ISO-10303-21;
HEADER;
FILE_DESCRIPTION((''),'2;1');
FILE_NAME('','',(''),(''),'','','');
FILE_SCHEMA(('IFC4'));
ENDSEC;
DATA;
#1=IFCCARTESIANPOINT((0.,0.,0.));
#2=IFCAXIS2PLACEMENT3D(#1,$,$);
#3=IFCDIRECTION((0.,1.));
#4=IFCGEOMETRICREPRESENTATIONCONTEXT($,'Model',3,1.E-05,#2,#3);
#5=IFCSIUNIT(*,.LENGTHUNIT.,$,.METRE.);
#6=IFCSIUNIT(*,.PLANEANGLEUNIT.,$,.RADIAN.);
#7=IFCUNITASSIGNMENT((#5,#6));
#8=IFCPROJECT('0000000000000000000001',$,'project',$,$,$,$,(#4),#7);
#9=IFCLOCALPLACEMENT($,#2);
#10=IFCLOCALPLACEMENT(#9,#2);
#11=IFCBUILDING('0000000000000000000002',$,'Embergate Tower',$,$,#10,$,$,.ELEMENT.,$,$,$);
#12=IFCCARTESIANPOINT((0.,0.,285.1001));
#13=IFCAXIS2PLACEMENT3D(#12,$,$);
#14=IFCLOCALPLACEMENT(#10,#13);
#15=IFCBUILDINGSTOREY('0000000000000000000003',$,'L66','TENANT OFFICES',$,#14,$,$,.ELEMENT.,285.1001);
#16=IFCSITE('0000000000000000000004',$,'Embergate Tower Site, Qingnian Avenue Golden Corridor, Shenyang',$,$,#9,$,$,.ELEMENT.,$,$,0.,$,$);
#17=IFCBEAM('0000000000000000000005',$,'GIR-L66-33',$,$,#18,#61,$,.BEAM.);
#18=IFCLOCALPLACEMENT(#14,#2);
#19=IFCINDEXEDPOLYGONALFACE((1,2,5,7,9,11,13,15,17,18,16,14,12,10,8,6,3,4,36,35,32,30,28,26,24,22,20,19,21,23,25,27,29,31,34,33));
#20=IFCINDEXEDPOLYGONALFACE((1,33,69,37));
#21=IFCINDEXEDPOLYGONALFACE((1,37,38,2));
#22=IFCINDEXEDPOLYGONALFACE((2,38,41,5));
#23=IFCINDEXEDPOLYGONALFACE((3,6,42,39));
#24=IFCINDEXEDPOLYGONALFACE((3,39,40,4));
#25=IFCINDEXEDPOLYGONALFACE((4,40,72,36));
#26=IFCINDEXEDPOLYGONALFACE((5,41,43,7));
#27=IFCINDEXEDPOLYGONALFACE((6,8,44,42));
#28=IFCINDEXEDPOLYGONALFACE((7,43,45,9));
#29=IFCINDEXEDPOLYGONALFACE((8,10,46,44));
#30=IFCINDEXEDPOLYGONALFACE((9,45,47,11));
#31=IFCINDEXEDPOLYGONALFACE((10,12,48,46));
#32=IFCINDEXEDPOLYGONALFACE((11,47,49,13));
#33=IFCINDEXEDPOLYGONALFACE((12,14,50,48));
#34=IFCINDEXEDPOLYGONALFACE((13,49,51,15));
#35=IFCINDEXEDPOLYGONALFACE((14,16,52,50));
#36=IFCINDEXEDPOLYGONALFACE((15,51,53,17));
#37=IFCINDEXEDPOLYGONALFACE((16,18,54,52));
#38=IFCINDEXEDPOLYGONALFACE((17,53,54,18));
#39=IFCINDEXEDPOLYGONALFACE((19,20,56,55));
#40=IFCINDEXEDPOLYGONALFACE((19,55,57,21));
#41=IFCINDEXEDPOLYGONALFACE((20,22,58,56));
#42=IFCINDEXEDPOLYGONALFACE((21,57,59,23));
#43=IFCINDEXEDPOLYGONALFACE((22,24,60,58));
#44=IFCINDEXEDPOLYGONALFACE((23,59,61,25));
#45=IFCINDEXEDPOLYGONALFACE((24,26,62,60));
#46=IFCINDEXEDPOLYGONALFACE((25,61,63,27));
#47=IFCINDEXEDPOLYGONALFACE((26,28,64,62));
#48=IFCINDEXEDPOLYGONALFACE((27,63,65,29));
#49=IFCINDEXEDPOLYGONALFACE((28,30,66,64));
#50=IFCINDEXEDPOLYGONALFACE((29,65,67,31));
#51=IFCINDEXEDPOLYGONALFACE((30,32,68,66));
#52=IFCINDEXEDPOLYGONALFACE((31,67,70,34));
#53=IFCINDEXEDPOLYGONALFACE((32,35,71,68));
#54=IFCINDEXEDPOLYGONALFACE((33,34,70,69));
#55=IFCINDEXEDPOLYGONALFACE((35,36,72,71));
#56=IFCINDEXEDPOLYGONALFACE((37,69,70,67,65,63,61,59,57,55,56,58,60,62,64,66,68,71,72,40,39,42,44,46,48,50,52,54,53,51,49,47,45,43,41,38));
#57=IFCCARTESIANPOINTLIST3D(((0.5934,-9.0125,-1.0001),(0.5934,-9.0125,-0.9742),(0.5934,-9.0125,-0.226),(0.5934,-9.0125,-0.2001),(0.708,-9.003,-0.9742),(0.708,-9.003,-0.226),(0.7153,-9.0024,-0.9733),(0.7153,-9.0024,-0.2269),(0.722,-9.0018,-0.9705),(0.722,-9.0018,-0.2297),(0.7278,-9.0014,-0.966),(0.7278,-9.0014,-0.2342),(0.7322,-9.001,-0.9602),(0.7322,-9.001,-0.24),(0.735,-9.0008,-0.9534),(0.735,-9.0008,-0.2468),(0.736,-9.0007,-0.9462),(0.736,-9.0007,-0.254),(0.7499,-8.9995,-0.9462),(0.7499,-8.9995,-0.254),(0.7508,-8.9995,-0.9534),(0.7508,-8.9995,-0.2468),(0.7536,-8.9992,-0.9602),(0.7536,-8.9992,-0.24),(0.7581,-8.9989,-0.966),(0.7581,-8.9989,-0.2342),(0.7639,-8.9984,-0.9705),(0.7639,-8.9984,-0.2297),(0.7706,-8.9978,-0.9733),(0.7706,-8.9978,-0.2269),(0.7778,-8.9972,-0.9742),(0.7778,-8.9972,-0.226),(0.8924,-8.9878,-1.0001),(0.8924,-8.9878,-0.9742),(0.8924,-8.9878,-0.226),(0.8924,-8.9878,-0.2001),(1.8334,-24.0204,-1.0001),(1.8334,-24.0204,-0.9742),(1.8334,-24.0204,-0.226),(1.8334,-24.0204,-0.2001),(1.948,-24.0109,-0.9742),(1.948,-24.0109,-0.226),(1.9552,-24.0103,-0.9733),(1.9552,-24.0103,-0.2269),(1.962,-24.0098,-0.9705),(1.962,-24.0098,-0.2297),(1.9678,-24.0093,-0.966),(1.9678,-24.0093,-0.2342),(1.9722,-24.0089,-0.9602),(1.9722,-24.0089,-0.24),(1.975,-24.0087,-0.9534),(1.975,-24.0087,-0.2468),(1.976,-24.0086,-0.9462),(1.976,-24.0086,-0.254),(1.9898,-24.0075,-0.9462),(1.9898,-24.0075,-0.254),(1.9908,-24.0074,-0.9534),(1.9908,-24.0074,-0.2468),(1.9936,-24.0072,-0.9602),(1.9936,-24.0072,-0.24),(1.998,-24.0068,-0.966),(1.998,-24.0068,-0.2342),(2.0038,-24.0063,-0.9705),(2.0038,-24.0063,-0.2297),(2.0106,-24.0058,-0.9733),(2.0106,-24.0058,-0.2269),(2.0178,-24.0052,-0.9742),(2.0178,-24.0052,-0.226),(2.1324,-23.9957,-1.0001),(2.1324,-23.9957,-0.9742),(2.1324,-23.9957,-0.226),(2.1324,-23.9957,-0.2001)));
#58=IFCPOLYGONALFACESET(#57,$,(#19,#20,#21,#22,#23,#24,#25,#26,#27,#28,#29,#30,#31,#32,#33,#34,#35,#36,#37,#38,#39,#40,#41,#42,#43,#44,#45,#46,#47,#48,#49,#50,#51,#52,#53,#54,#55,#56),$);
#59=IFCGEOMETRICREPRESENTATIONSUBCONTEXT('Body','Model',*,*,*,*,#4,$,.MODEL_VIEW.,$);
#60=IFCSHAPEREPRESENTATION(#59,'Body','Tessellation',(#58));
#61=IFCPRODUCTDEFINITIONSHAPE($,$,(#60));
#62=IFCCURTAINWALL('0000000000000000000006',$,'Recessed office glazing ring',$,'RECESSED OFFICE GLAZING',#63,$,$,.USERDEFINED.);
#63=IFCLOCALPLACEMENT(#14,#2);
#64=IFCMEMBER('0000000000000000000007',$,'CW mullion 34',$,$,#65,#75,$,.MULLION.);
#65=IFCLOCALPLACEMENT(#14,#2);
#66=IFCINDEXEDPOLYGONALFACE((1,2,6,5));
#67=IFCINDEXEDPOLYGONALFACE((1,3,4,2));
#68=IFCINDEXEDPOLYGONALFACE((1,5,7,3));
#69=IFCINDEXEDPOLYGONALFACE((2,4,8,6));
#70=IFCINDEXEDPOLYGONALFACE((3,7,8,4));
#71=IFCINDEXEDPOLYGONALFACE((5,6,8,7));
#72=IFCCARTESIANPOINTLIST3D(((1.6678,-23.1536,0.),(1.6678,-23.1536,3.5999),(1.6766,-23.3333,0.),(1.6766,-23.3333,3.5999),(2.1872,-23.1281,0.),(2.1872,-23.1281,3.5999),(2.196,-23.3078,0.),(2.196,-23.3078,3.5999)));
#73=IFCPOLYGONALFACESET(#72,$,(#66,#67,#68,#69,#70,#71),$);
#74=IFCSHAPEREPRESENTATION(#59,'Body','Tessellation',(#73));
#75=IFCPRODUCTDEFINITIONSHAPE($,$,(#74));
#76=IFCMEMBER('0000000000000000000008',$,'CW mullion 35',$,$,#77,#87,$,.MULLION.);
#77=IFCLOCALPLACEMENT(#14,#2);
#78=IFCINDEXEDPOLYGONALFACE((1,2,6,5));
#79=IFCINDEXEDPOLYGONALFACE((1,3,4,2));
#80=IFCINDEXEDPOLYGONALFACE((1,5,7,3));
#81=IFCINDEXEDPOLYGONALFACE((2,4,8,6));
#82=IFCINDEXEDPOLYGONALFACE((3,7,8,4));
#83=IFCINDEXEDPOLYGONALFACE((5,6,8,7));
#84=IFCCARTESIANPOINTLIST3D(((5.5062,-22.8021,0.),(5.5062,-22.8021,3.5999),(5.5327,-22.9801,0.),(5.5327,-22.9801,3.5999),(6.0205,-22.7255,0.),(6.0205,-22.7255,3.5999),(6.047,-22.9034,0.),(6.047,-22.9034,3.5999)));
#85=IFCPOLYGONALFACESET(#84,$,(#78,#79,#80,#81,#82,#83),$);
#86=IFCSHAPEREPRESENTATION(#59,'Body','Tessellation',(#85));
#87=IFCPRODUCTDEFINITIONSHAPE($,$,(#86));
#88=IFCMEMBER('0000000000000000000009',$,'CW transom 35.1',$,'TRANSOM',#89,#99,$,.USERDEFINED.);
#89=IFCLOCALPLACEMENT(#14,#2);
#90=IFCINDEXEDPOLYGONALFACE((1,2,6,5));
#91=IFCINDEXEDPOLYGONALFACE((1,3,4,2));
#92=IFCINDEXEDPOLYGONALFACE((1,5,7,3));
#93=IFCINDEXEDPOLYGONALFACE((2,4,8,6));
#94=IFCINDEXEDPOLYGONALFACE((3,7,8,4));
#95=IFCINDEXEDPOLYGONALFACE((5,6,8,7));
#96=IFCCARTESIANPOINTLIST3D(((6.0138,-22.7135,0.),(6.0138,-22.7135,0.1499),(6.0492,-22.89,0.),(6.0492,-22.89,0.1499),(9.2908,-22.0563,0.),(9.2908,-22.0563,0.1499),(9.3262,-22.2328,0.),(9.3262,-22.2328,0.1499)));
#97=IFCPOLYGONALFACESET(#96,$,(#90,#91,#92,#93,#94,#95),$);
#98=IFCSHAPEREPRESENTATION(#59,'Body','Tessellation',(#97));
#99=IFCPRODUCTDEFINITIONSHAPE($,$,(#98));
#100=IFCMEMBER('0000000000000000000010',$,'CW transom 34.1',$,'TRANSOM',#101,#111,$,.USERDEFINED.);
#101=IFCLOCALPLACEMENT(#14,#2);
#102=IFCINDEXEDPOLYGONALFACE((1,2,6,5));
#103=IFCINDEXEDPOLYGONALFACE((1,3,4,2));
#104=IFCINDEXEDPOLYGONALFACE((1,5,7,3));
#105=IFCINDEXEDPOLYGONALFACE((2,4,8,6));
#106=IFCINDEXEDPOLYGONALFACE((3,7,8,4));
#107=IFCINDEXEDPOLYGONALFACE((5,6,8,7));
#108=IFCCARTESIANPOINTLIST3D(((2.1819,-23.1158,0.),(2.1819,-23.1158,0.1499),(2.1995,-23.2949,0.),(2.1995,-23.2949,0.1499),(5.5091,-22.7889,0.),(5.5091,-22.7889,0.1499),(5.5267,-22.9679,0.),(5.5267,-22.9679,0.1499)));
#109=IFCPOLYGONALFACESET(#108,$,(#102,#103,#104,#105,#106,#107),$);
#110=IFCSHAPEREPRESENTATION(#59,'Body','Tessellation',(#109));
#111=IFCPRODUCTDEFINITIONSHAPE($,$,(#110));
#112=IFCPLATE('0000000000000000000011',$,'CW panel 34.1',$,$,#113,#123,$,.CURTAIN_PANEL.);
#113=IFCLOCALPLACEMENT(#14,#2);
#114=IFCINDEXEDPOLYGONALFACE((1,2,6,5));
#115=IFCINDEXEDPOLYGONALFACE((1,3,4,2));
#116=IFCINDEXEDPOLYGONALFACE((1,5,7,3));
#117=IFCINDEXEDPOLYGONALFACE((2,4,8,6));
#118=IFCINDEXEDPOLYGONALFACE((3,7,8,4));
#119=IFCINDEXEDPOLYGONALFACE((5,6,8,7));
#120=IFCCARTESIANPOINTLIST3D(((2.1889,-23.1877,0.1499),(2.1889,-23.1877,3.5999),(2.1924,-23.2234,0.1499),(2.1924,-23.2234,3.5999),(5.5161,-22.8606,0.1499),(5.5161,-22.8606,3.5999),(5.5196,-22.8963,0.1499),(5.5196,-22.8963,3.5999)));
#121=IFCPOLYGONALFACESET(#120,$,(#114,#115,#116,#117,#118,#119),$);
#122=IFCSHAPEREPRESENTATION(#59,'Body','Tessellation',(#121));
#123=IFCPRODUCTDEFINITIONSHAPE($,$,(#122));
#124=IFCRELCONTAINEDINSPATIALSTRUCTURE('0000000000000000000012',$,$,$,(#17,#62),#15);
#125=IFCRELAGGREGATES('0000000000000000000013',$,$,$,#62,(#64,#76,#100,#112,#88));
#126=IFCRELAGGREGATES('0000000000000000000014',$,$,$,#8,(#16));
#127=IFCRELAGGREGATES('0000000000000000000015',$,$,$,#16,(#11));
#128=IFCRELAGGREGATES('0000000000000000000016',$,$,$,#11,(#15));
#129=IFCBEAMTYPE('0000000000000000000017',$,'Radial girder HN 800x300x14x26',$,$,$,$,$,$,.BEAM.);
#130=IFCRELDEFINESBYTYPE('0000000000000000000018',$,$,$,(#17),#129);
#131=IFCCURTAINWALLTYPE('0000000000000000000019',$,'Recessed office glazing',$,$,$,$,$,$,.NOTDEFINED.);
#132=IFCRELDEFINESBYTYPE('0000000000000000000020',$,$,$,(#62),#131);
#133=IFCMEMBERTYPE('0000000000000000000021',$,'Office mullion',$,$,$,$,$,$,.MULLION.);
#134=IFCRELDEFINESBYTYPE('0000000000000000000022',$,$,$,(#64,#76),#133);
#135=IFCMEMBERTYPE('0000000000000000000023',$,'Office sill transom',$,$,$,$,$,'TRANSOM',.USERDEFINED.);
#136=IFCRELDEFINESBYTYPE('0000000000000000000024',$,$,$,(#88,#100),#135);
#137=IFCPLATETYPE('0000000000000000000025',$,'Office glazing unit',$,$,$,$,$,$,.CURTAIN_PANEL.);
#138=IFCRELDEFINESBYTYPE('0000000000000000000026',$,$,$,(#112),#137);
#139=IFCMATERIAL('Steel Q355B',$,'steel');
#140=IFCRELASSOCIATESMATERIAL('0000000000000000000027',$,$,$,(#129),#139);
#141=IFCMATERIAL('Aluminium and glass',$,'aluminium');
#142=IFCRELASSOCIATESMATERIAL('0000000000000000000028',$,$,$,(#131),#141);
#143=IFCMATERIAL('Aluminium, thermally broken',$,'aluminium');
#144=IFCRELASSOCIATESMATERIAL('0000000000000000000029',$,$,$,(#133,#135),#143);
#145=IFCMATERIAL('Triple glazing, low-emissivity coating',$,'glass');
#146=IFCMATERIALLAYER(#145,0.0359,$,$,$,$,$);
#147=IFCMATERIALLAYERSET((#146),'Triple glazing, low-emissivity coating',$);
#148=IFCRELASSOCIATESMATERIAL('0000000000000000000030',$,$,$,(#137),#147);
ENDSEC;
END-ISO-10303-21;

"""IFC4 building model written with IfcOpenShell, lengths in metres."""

from ifc_helpers import new_model, si_unit, direction, frame, origin, origin_2d, place, context, subcontext, project, spatial, rectangle, i_section, extrude, source, transform, mapped, material, layer, layer_set, material_profile, profile_set, type_object, element, aggregate, save


model = new_model("IFC4")

# Units and contexts
model_context = context("Model", 3, precision=1e-05, world=origin(), true_north=direction((0.0, 1.0)))
body_context = subcontext(model_context, "Body", "Model", "MODEL_VIEW")
ifc_project = project(units=[si_unit("LENGTHUNIT", "METRE"), si_unit("PLANEANGLEUNIT", "RADIAN")], contexts=[model_context])

# Site, building, storey
site_placement = place(None, origin())
site = spatial("IfcSite", under=ifc_project, at=site_placement, Name="Embergate Tower Site, Qingnian Avenue Golden Corridor, Shenyang", CompositionType="ELEMENT", RefElevation=0.0)
building_placement = place(site_placement, origin())
building = spatial("IfcBuilding", under=site, at=building_placement, Name="Embergate Tower", CompositionType="ELEMENT")
storey_placement = place(building_placement, frame((0.0, 0.0, 285.1001)))
storey = spatial("IfcBuildingStorey", under=building, at=storey_placement, Name="L66", Description="TENANT OFFICES", CompositionType="ELEMENT", Elevation=285.1001)

# Beam
ifc_material_1 = material(Name="Steel Q355B", Category="steel")
ifc_material_profile_1 = material_profile(ifc_material_1, i_section(OverallWidth=0.3, OverallDepth=0.8, WebThickness=0.0139, FlangeThickness=0.0259, FilletRadius=0.0281, at=origin_2d()), Name="HN 800x300x14x26")
ifc_profile_set_1 = profile_set([ifc_material_profile_1], Name="Steel Q355 grade B")
beam_type_1 = type_object("IfcBeamType", Name="Radial girder HN 800x300x14x26", PredefinedType="BEAM", material=ifc_profile_set_1)
shared_shape_1 = source(origin(), body_context, "Body", "SweptSolid", [
    extrude(i_section(OverallWidth=0.3, OverallDepth=0.8, WebThickness=0.0139, FlangeThickness=0.0259, FilletRadius=0.0281, at=origin_2d()), origin(), (0.0, 0.0, 1.0), 15.0591),
])
beam_1_placement = place(storey_placement, frame((1.9829, -24.0081, -0.6001), z_axis=(-0.082341, 0.996604, 0.0), x_axis=(-0.996604, -0.082341, 0.0)))
element("IfcBeam", 1, at=beam_1_placement, inside=storey, type_object=beam_type_1, Name="GIR-L66-33", PredefinedType="BEAM", context=body_context, shape_type="MappedRepresentation", body=[
    mapped(shared_shape_1, transform((0.0, 0.0, 0.0))),
])

# Curtain wall, members, plate
ifc_material_2 = material(Name="Aluminium and glass", Category="aluminium")
curtain_wall_type = type_object("IfcCurtainWallType", Name="Recessed office glazing", PredefinedType="NOTDEFINED", material=ifc_material_2)
curtain_wall_placement = place(storey_placement, origin())
curtain_wall = element("IfcCurtainWall", 2, at=curtain_wall_placement, inside=storey, type_object=curtain_wall_type, Name="Recessed office glazing ring", ObjectType="RECESSED OFFICE GLAZING", PredefinedType="USERDEFINED")
ifc_material_3 = material(Name="Aluminium, thermally broken", Category="aluminium")
ifc_material_profile_2 = material_profile(ifc_material_3, rectangle(XDim=0.1799, YDim=0.52, at=origin_2d()), Name="AL 520x180")
ifc_profile_set_2 = profile_set([ifc_material_profile_2], Name="Aluminium, thermally broken")
member_type_1 = type_object("IfcMemberType", Name="Office mullion", PredefinedType="MULLION", material=ifc_profile_set_2)
shared_shape_2 = source(origin(), body_context, "Body", "SweptSolid", [
    extrude(rectangle(XDim=0.1799, YDim=0.52, at=origin_2d()), origin(), (0.0, 0.0, 1.0), 3.5999),
])
member_1_placement = place(storey_placement, frame((1.9319, -23.2307, 0.0), z_axis=(0.0, 0.0, 1.0), x_axis=(-0.04897, 0.9988, 0.0)))
member_1 = element("IfcMember", 3, at=member_1_placement, type_object=member_type_1, Name="CW mullion 34", PredefinedType="MULLION", context=body_context, shape_type="MappedRepresentation", body=[
    mapped(shared_shape_2, transform((0.0, 0.0, 0.0))),
])
member_2_placement = place(storey_placement, frame((5.7766, -22.8528, 0.0), z_axis=(0.0, 0.0, 1.0), x_axis=(-0.147407, 0.989076, 0.0)))
member_2 = element("IfcMember", 4, at=member_2_placement, type_object=member_type_1, Name="CW mullion 35", PredefinedType="MULLION", context=body_context, shape_type="MappedRepresentation", body=[
    mapped(shared_shape_2, transform((0.0, 0.0, 0.0))),
])
ifc_material_profile_3 = material_profile(ifc_material_3, rectangle(XDim=0.1799, YDim=0.1499, at=origin_2d()), Name="AL 150x180")
ifc_profile_set_3 = profile_set([ifc_material_profile_3], Name="Aluminium, thermally broken")
member_type_2 = type_object("IfcMemberType", Name="Office sill transom", ElementType="TRANSOM", PredefinedType="USERDEFINED", material=ifc_profile_set_3)
shared_shape_3 = source(origin(), body_context, "Body", "SweptSolid", [
    extrude(rectangle(XDim=0.1799, YDim=0.1499, at=origin_2d()), origin(), (0.0, 0.0, 1.0), 3.3423),
])
member_3_placement = place(storey_placement, frame((6.0315, -22.8018, 0.075), z_axis=(0.980477, 0.196636, 0.0), x_axis=(-0.196636, 0.980477, 0.0)))
member_3 = element("IfcMember", 5, at=member_3_placement, type_object=member_type_2, Name="CW transom 35.1", ObjectType="TRANSOM", PredefinedType="USERDEFINED", context=body_context, shape_type="MappedRepresentation", body=[
    mapped(shared_shape_3, transform((0.0, 0.0, 0.0))),
])
shared_shape_4 = source(origin(), body_context, "Body", "SweptSolid", [
    extrude(rectangle(XDim=0.1799, YDim=0.1499, at=origin_2d()), origin(), (0.0, 0.0, 1.0), 3.3433),
])
member_4_placement = place(storey_placement, frame((2.1907, -23.2053, 0.075), z_axis=(0.995208, 0.097783, 0.0), x_axis=(-0.097783, 0.995208, 0.0)))
member_4 = element("IfcMember", 6, at=member_4_placement, type_object=member_type_2, Name="CW transom 34.1", ObjectType="TRANSOM", PredefinedType="USERDEFINED", context=body_context, shape_type="MappedRepresentation", body=[
    mapped(shared_shape_4, transform((0.0, 0.0, 0.0))),
])
ifc_material_4 = material(Name="Triple glazing, low-emissivity coating", Category="glass")
ifc_layer = layer(ifc_material_4, 0.0359)
ifc_layer_set = layer_set([ifc_layer], Name="Triple glazing, low-emissivity coating")
plate_type = type_object("IfcPlateType", Name="Office glazing unit", PredefinedType="CURTAIN_PANEL", material=ifc_layer_set)
shared_shape_5 = source(origin(), body_context, "Body", "SweptSolid", [
    extrude(rectangle(XDim=3.3433, YDim=0.0359, at=origin_2d()), origin(), (0.0, 0.0, 1.0), 3.45),
])
plate_placement = place(storey_placement, frame((3.8542, -23.042, 0.1499), z_axis=(0.0, 0.0, 1.0), x_axis=(0.995203, 0.097828, 0.0)))
plate = element("IfcPlate", 7, at=plate_placement, type_object=plate_type, Name="CW panel 34.1", PredefinedType="CURTAIN_PANEL", context=body_context, shape_type="MappedRepresentation", body=[
    mapped(shared_shape_5, transform((0.0, 0.0, 0.0))),
])
aggregate(curtain_wall, [member_1, member_2, member_4, plate, member_3])

save(model, "model.ifc")
